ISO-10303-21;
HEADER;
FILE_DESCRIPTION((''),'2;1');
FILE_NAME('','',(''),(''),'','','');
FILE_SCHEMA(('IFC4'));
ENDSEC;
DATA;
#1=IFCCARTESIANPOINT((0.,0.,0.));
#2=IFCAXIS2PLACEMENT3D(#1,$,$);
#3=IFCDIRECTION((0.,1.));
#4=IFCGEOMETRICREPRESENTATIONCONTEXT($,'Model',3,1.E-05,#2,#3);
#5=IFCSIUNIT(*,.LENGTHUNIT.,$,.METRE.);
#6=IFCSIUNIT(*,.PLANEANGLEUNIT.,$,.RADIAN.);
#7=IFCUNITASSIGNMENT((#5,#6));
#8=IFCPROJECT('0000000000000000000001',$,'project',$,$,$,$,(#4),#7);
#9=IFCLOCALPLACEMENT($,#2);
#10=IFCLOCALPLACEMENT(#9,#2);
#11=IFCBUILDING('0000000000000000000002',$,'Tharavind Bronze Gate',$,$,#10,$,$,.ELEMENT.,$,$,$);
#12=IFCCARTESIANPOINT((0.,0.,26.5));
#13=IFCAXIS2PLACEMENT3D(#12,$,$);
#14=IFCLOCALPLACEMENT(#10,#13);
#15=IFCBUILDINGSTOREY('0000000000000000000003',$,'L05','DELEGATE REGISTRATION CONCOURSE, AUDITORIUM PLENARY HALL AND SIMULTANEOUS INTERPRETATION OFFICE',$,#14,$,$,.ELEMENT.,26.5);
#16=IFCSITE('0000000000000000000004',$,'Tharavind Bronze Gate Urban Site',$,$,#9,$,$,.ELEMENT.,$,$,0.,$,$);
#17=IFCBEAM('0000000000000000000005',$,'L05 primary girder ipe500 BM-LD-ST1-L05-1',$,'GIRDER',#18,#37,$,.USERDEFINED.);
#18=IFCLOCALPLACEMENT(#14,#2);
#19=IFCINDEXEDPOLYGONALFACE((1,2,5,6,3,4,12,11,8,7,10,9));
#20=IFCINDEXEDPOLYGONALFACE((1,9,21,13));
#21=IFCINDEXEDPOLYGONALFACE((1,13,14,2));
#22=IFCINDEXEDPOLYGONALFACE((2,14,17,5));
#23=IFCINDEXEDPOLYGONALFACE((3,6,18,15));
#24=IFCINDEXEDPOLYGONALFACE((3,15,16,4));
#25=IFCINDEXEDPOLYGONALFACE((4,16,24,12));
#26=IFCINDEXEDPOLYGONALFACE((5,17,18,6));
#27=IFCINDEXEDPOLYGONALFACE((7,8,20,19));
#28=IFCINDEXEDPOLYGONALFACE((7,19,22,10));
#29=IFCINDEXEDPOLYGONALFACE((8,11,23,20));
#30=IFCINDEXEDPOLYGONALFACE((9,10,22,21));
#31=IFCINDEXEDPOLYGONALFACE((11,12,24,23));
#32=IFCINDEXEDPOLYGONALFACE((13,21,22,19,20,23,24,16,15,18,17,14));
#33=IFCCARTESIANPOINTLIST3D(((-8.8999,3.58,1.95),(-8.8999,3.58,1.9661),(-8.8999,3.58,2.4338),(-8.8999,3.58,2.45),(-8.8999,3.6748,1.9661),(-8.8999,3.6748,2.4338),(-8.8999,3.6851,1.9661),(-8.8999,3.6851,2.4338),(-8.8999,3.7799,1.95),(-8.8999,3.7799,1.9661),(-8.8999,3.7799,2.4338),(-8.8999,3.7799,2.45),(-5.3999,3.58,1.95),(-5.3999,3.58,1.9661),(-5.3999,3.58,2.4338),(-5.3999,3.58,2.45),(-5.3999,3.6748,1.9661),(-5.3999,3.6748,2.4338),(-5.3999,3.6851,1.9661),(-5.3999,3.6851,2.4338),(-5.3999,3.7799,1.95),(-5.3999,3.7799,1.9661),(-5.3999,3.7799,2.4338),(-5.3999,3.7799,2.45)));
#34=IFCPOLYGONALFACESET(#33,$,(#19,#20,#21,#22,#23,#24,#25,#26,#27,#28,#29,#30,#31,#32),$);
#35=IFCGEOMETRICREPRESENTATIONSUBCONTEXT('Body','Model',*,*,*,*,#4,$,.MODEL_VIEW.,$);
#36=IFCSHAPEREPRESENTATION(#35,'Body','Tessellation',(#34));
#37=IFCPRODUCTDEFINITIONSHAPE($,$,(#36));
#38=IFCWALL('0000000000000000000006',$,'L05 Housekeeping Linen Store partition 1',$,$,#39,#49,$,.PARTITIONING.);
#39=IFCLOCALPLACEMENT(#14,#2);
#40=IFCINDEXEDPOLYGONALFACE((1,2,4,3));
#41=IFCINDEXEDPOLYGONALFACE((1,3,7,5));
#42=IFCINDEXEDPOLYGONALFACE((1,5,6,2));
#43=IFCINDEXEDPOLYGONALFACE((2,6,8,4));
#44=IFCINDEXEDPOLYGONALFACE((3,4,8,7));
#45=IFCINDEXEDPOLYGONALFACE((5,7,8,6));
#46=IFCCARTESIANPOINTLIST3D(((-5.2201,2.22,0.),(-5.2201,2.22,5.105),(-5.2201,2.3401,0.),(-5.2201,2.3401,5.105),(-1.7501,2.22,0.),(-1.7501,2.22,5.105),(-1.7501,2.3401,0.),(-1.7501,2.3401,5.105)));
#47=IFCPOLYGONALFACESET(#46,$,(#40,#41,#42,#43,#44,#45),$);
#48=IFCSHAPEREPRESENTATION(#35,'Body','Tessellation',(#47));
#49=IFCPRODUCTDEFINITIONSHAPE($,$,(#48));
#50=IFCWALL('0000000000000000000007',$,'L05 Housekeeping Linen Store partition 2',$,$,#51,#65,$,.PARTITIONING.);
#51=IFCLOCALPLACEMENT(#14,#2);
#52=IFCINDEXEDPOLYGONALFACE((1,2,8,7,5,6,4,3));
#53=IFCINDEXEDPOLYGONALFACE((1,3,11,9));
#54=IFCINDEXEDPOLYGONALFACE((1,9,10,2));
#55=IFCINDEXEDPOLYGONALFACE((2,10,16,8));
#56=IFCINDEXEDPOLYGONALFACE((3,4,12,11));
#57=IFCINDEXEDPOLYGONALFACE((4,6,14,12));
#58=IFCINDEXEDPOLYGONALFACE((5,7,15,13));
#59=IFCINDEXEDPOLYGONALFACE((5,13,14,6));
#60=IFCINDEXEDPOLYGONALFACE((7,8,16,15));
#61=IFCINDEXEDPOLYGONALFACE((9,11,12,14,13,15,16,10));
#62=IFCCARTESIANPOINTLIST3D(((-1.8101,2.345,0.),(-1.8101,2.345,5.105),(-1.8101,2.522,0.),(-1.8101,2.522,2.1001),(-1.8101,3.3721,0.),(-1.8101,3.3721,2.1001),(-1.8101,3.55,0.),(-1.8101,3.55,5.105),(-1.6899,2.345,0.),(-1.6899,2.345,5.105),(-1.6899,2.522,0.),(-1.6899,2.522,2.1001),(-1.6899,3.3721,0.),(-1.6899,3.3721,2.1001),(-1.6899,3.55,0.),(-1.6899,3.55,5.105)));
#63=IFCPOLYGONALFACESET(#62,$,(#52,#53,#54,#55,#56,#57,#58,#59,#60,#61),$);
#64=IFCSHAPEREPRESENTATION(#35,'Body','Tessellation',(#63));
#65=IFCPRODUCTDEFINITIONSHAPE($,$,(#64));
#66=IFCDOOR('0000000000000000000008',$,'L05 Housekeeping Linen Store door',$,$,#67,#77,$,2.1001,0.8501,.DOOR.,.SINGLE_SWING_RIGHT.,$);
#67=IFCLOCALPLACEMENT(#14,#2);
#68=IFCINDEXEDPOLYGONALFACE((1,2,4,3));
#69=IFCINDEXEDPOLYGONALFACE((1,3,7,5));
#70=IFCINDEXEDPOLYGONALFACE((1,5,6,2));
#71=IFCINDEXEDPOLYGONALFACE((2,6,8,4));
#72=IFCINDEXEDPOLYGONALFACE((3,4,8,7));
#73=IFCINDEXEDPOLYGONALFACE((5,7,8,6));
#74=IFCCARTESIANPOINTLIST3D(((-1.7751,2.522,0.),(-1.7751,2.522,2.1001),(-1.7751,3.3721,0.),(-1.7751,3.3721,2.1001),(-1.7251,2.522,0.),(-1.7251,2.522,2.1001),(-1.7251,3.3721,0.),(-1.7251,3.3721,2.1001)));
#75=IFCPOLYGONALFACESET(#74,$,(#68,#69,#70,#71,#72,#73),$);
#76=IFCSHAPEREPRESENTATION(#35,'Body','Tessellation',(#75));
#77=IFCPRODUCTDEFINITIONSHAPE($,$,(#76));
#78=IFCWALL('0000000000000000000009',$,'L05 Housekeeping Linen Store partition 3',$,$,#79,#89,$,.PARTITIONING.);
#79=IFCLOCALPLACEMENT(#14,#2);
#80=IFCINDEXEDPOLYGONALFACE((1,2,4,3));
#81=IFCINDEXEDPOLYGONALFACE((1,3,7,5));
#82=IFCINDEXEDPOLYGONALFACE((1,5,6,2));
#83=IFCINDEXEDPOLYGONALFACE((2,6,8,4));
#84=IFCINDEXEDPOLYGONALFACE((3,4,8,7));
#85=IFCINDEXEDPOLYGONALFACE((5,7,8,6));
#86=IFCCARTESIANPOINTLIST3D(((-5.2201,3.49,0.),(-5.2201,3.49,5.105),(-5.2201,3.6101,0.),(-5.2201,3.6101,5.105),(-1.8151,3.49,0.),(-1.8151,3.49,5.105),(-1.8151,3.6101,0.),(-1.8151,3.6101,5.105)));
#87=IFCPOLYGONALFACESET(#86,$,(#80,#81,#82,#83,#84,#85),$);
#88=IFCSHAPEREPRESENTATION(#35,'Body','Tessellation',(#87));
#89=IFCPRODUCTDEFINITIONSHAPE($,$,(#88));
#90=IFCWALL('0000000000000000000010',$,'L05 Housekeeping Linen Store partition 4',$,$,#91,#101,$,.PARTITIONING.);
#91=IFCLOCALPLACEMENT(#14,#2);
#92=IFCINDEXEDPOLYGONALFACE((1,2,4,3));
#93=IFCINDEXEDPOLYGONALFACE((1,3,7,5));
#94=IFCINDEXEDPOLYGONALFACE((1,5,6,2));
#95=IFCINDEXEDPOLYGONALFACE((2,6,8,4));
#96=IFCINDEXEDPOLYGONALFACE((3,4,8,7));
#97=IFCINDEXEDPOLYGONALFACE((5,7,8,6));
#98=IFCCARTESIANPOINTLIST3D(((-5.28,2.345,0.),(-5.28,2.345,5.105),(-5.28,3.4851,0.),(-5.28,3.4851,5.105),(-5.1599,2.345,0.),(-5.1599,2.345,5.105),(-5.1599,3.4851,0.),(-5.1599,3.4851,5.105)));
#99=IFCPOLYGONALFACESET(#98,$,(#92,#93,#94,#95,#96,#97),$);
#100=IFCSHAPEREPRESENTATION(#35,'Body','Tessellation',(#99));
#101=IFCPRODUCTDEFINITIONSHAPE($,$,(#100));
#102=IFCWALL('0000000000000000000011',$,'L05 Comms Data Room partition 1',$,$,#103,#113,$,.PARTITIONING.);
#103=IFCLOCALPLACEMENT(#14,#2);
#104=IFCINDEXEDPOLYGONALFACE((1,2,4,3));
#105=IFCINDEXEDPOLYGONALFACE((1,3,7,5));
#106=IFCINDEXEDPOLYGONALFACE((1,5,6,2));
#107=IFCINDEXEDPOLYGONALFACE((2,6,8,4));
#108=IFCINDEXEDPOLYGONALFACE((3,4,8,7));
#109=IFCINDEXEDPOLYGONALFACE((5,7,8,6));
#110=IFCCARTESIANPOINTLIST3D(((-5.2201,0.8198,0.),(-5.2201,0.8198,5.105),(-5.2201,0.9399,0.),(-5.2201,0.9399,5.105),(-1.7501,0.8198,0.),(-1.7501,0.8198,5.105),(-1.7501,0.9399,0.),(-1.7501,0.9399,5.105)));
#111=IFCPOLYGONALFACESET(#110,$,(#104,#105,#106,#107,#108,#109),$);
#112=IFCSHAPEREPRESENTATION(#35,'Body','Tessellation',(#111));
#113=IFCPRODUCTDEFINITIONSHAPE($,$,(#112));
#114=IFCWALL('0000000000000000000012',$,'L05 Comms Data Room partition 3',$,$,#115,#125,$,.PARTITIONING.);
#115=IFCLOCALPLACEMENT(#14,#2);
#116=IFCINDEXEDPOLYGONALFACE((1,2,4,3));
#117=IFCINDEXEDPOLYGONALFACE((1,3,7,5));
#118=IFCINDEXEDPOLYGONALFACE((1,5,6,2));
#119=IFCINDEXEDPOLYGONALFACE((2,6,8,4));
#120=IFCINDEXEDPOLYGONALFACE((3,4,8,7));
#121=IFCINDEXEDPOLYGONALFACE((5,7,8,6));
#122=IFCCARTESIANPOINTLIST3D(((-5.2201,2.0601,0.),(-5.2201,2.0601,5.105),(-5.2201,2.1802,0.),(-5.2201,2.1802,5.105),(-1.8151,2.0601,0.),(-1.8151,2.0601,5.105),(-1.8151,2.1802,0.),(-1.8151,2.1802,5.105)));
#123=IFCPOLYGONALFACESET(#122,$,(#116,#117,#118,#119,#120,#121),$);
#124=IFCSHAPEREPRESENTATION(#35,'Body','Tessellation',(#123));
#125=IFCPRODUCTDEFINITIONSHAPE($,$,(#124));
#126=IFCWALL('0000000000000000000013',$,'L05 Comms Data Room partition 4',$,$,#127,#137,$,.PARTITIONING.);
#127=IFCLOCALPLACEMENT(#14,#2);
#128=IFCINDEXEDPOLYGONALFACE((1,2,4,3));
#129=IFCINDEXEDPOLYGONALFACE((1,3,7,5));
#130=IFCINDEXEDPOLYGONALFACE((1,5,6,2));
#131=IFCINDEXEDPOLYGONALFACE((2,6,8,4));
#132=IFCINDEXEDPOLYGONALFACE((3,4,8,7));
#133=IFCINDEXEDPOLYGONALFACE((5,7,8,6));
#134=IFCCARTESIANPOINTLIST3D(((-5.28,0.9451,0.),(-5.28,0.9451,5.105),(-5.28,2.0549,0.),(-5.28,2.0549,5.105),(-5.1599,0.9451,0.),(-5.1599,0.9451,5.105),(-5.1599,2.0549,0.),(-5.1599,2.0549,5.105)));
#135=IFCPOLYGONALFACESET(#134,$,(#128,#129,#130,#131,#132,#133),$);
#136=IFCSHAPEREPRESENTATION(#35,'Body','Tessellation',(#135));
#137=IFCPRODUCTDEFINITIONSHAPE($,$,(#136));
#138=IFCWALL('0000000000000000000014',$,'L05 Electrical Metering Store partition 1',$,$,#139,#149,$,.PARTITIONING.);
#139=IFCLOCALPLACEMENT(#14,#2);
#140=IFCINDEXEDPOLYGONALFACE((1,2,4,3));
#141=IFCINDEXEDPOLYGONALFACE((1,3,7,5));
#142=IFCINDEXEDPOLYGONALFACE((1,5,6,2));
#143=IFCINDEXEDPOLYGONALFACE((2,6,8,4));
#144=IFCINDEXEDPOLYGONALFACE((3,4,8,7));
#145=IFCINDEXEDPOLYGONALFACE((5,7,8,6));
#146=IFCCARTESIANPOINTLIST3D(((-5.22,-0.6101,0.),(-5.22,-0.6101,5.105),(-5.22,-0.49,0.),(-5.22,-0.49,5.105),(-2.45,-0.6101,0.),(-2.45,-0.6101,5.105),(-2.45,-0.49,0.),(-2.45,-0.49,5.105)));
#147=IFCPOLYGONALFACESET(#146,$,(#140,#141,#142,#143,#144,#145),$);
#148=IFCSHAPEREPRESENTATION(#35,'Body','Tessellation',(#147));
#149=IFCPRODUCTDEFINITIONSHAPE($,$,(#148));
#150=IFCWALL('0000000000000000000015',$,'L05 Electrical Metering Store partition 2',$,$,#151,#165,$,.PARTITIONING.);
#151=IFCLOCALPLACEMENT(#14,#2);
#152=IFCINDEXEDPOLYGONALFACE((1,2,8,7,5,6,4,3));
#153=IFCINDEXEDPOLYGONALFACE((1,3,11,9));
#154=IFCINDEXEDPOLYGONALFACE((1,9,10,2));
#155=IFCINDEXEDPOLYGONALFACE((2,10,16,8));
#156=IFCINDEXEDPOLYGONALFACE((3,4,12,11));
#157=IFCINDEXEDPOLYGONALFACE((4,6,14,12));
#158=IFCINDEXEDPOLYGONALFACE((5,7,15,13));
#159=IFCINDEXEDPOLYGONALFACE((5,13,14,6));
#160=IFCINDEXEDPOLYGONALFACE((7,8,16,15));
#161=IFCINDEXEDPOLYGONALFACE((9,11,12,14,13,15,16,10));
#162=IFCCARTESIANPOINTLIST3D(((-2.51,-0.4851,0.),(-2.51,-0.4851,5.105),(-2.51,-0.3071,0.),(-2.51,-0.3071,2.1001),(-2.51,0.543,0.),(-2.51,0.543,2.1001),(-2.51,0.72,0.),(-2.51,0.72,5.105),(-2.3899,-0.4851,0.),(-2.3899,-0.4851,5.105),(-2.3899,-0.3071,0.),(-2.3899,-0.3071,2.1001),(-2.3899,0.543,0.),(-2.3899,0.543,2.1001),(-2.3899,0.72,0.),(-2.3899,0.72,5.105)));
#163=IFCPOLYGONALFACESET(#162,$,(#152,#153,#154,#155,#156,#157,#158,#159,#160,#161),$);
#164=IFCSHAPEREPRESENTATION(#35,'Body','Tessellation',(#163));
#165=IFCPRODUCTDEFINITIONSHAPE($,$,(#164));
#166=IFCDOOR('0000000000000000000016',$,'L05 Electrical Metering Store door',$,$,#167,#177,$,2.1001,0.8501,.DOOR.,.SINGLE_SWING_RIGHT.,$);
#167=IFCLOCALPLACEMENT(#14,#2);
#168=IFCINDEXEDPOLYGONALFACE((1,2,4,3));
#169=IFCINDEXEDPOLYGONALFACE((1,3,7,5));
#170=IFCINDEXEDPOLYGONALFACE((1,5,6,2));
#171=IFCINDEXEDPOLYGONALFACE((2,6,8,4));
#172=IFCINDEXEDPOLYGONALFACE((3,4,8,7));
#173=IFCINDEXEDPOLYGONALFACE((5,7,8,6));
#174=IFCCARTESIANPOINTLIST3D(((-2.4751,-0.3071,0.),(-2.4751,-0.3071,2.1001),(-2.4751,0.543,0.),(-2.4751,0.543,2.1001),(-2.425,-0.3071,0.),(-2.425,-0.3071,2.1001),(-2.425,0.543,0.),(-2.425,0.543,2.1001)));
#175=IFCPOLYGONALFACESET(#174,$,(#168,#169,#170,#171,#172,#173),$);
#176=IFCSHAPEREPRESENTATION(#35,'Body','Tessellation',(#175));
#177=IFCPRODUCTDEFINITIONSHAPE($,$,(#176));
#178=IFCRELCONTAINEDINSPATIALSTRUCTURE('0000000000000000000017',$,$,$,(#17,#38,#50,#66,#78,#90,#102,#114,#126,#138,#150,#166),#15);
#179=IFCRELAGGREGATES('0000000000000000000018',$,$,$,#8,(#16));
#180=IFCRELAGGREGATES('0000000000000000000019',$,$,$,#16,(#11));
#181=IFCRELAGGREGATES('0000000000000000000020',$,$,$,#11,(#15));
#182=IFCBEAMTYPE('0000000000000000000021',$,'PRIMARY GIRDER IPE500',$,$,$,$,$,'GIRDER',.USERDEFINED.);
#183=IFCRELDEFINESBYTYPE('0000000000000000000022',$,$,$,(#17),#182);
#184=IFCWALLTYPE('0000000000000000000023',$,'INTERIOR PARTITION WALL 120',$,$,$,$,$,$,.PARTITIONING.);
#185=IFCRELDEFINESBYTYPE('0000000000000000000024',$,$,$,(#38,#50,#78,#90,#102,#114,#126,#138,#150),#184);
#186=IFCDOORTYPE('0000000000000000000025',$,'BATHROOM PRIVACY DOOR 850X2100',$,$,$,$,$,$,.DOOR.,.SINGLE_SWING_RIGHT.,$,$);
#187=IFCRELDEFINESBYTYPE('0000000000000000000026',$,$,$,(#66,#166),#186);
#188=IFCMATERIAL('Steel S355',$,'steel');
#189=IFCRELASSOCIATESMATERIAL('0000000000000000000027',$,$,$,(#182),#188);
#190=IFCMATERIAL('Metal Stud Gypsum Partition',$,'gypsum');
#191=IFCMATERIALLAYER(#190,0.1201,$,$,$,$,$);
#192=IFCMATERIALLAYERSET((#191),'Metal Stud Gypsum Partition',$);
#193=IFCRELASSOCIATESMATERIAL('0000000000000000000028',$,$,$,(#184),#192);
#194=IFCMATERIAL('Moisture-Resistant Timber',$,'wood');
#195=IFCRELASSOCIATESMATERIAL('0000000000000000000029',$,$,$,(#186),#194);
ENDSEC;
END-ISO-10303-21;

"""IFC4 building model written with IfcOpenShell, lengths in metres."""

from ifc_helpers import new_model, si_unit, direction, frame, frame_2d, origin, origin_2d, place, context, subcontext, project, spatial, rectangle, i_section, extrude, material, layer, layer_set, material_profile, profile_set, type_object, element, fill, save


model = new_model("IFC4")

# Units and contexts
model_context = context("Model", 3, precision=1e-05, world=origin(), true_north=direction((0.0, 1.0)))
body_context = subcontext(model_context, "Body", "Model", "MODEL_VIEW")
ifc_project = project(units=[si_unit("LENGTHUNIT", "METRE"), si_unit("PLANEANGLEUNIT", "RADIAN")], contexts=[model_context])

# Site, building, storey
site_placement = place(None, origin())
site = spatial("IfcSite", under=ifc_project, at=site_placement, Name="Tharavind Bronze Gate Urban Site", CompositionType="ELEMENT", RefElevation=0.0)
building_placement = place(site_placement, origin())
building = spatial("IfcBuilding", under=site, at=building_placement, Name="Tharavind Bronze Gate", CompositionType="ELEMENT")
storey_placement = place(building_placement, frame((0.0, 0.0, 26.5)))
storey = spatial("IfcBuildingStorey", under=building, at=storey_placement, Name="L05", Description="DELEGATE REGISTRATION CONCOURSE, AUDITORIUM PLENARY HALL AND SIMULTANEOUS INTERPRETATION OFFICE", CompositionType="ELEMENT", Elevation=26.5)

# Beam
ifc_material_1 = material(Name="Steel S355", Category="steel")
ifc_material_profile = material_profile(ifc_material_1, i_section(OverallWidth=0.2, OverallDepth=0.5, WebThickness=0.0103, FlangeThickness=0.0161, at=origin_2d()), Name="IPE500")
ifc_profile_set = profile_set([ifc_material_profile], Name="Steel S355")
beam_type = type_object("IfcBeamType", Name="PRIMARY GIRDER IPE500", ElementType="GIRDER", PredefinedType="USERDEFINED", material=ifc_profile_set)
beam_placement = place(storey_placement, frame((-8.8999, 3.6799, 2.2), z_axis=(1.0, 0.0, 0.0), x_axis=(0.0, 1.0, 0.0)))
element("IfcBeam", 1, at=beam_placement, inside=storey, type_object=beam_type, Name="L05 primary girder ipe500 BM-LD-ST1-L05-1", ObjectType="GIRDER", PredefinedType="USERDEFINED", context=body_context, shape_type="SweptSolid", body=[
    extrude(i_section(OverallWidth=0.2, OverallDepth=0.5, WebThickness=0.0103, FlangeThickness=0.0161, at=origin_2d()), origin(), (0.0, 0.0, 1.0), 3.5),
])

# Wall
ifc_material_2 = material(Name="Metal Stud Gypsum Partition", Category="gypsum")
ifc_layer_1 = layer(ifc_material_2, 0.1201)
ifc_layer_set_1 = layer_set([ifc_layer_1], Name="Metal Stud Gypsum Partition")
wall_type_1 = type_object("IfcWallType", Name="INTERIOR PARTITION WALL 120", PredefinedType="PARTITIONING", material=ifc_layer_set_1)
wall_1_placement = place(storey_placement, frame((-5.22, 2.28, 0.0), z_axis=(0.0, 0.0, 1.0), x_axis=(1.0, 0.0, 0.0)))
element("IfcWall", 2, at=wall_1_placement, inside=storey, type_object=wall_type_1, Name="L05 Housekeeping Linen Store partition 1", PredefinedType="PARTITIONING", context=body_context, shape_type="SweptSolid", body=[
    extrude(rectangle(XDim=3.47, YDim=0.1201, at=frame_2d((1.7349, 0.0))), origin(), (0.0, 0.0, 1.0), 5.105),
])

# Wall, opening, door
wall_2_placement = place(storey_placement, frame((-1.75, 2.345, 0.0), z_axis=(0.0, 0.0, 1.0), x_axis=(0.0, 1.0, 0.0)))
wall_2 = element("IfcWall", 3, at=wall_2_placement, inside=storey, type_object=wall_type_1, Name="L05 Housekeeping Linen Store partition 2", PredefinedType="PARTITIONING", context=body_context, shape_type="SweptSolid", body=[
    extrude(rectangle(XDim=1.2051, YDim=0.1201, at=frame_2d((0.6025, 0.0))), origin(), (0.0, 0.0, 1.0), 5.105),
])
opening_1_placement = place(wall_2_placement, frame((0.177, 0.0, 0.0)))
opening_1 = element("IfcOpeningElement", 4, at=opening_1_placement, cuts=wall_2, PredefinedType="OPENING", context=body_context, shape_type="SweptSolid", body=[
    extrude(rectangle(XDim=0.8501, YDim=2.1001, at=frame_2d((0.425, 1.05))), frame((0.0, 0.0701, 0.0), z_axis=(0.0, -1.0, 0.0), x_axis=(1.0, 0.0, 0.0)), (0.0, 0.0, 1.0), 0.1401),
])
ifc_material_3 = material(Name="Moisture-Resistant Timber", Category="wood")
door_type = type_object("IfcDoorType", Name="BATHROOM PRIVACY DOOR 850X2100", OperationType="SINGLE_SWING_RIGHT", PredefinedType="DOOR", material=ifc_material_3)
door_1_placement = place(opening_1_placement, frame((0.8501, 0.0, 0.0), z_axis=(0.0, 0.0, 1.0), x_axis=(-1.0, 0.0, 0.0)))
door_1 = element("IfcDoor", 5, at=door_1_placement, inside=storey, type_object=door_type, Name="L05 Housekeeping Linen Store door", OperationType="SINGLE_SWING_RIGHT", OverallHeight=2.1001, OverallWidth=0.8501, PredefinedType="DOOR", context=body_context, shape_type="SweptSolid", body=[
    extrude(rectangle(XDim=0.8501, YDim=2.1001, at=frame_2d((0.425, 1.05))), frame((0.0, 0.0249, 0.0), z_axis=(0.0, -1.0, 0.0), x_axis=(1.0, 0.0, 0.0)), (0.0, 0.0, 1.0), 0.05),
])
fill(opening_1, door_1)

# Walls
wall_3_placement = place(storey_placement, frame((-1.8149, 3.55, 0.0), z_axis=(0.0, 0.0, 1.0), x_axis=(-1.0, 0.0, 0.0)))
element("IfcWall", 6, at=wall_3_placement, inside=storey, type_object=wall_type_1, Name="L05 Housekeeping Linen Store partition 3", PredefinedType="PARTITIONING", context=body_context, shape_type="SweptSolid", body=[
    extrude(rectangle(XDim=3.405, YDim=0.1201, at=frame_2d((1.7026, 0.0))), origin(), (0.0, 0.0, 1.0), 5.105),
])
wall_4_placement = place(storey_placement, frame((-5.22, 3.4851, 0.0), z_axis=(0.0, 0.0, 1.0), x_axis=(0.0, -1.0, 0.0)))
element("IfcWall", 7, at=wall_4_placement, inside=storey, type_object=wall_type_1, Name="L05 Housekeeping Linen Store partition 4", PredefinedType="PARTITIONING", context=body_context, shape_type="SweptSolid", body=[
    extrude(rectangle(XDim=1.1401, YDim=0.1201, at=frame_2d((0.5701, 0.0))), origin(), (0.0, 0.0, 1.0), 5.105),
])
wall_5_placement = place(storey_placement, frame((-5.22, 0.8799, 0.0), z_axis=(0.0, 0.0, 1.0), x_axis=(1.0, 0.0, 0.0)))
element("IfcWall", 8, at=wall_5_placement, inside=storey, type_object=wall_type_1, Name="L05 Comms Data Room partition 1", PredefinedType="PARTITIONING", context=body_context, shape_type="SweptSolid", body=[
    extrude(rectangle(XDim=3.47, YDim=0.1201, at=frame_2d((1.7349, 0.0))), origin(), (0.0, 0.0, 1.0), 5.105),
])
wall_6_placement = place(storey_placement, frame((-1.8149, 2.1201, 0.0), z_axis=(0.0, 0.0, 1.0), x_axis=(-1.0, 0.0, 0.0)))
element("IfcWall", 9, at=wall_6_placement, inside=storey, type_object=wall_type_1, Name="L05 Comms Data Room partition 3", PredefinedType="PARTITIONING", context=body_context, shape_type="SweptSolid", body=[
    extrude(rectangle(XDim=3.405, YDim=0.1201, at=frame_2d((1.7026, 0.0))), origin(), (0.0, 0.0, 1.0), 5.105),
])
wall_7_placement = place(storey_placement, frame((-5.22, 2.0549, 0.0), z_axis=(0.0, 0.0, 1.0), x_axis=(0.0, -1.0, 0.0)))
element("IfcWall", 10, at=wall_7_placement, inside=storey, type_object=wall_type_1, Name="L05 Comms Data Room partition 4", PredefinedType="PARTITIONING", context=body_context, shape_type="SweptSolid", body=[
    extrude(rectangle(XDim=1.1099, YDim=0.1201, at=frame_2d((0.5549, 0.0))), origin(), (0.0, 0.0, 1.0), 5.105),
])
wall_8_placement = place(storey_placement, frame((-5.22, -0.55, 0.0), z_axis=(0.0, 0.0, 1.0), x_axis=(1.0, 0.0, 0.0)))
element("IfcWall", 11, at=wall_8_placement, inside=storey, type_object=wall_type_1, Name="L05 Electrical Metering Store partition 1", PredefinedType="PARTITIONING", context=body_context, shape_type="SweptSolid", body=[
    extrude(rectangle(XDim=2.77, YDim=0.1201, at=frame_2d((1.385, 0.0))), origin(), (0.0, 0.0, 1.0), 5.105),
])

# Wall, opening, door
wall_9_placement = place(storey_placement, frame((-2.45, -0.4851, 0.0), z_axis=(0.0, 0.0, 1.0), x_axis=(0.0, 1.0, 0.0)))
wall_9 = element("IfcWall", 12, at=wall_9_placement, inside=storey, type_object=wall_type_1, Name="L05 Electrical Metering Store partition 2", PredefinedType="PARTITIONING", context=body_context, shape_type="SweptSolid", body=[
    extrude(rectangle(XDim=1.2051, YDim=0.1201, at=frame_2d((0.6025, 0.0))), origin(), (0.0, 0.0, 1.0), 5.105),
])
opening_2_placement = place(wall_9_placement, frame((0.178, 0.0, 0.0)))
opening_2 = element("IfcOpeningElement", 13, at=opening_2_placement, cuts=wall_9, PredefinedType="OPENING", context=body_context, shape_type="SweptSolid", body=[
    extrude(rectangle(XDim=0.8501, YDim=2.1001, at=frame_2d((0.425, 1.05))), frame((0.0, 0.0701, 0.0), z_axis=(0.0, -1.0, 0.0), x_axis=(1.0, 0.0, 0.0)), (0.0, 0.0, 1.0), 0.1401),
])
door_2_placement = place(opening_2_placement, frame((0.8501, 0.0, 0.0), z_axis=(0.0, 0.0, 1.0), x_axis=(-1.0, 0.0, 0.0)))
door_2 = element("IfcDoor", 14, at=door_2_placement, inside=storey, type_object=door_type, Name="L05 Electrical Metering Store door", OperationType="SINGLE_SWING_RIGHT", OverallHeight=2.1001, OverallWidth=0.8501, PredefinedType="DOOR", context=body_context, shape_type="SweptSolid", body=[
    extrude(rectangle(XDim=0.8501, YDim=2.1001, at=frame_2d((0.425, 1.05))), frame((0.0, 0.0249, 0.0), z_axis=(0.0, -1.0, 0.0), x_axis=(1.0, 0.0, 0.0)), (0.0, 0.0, 1.0), 0.05),
])
fill(opening_2, door_2)

save(model, "model.ifc")
